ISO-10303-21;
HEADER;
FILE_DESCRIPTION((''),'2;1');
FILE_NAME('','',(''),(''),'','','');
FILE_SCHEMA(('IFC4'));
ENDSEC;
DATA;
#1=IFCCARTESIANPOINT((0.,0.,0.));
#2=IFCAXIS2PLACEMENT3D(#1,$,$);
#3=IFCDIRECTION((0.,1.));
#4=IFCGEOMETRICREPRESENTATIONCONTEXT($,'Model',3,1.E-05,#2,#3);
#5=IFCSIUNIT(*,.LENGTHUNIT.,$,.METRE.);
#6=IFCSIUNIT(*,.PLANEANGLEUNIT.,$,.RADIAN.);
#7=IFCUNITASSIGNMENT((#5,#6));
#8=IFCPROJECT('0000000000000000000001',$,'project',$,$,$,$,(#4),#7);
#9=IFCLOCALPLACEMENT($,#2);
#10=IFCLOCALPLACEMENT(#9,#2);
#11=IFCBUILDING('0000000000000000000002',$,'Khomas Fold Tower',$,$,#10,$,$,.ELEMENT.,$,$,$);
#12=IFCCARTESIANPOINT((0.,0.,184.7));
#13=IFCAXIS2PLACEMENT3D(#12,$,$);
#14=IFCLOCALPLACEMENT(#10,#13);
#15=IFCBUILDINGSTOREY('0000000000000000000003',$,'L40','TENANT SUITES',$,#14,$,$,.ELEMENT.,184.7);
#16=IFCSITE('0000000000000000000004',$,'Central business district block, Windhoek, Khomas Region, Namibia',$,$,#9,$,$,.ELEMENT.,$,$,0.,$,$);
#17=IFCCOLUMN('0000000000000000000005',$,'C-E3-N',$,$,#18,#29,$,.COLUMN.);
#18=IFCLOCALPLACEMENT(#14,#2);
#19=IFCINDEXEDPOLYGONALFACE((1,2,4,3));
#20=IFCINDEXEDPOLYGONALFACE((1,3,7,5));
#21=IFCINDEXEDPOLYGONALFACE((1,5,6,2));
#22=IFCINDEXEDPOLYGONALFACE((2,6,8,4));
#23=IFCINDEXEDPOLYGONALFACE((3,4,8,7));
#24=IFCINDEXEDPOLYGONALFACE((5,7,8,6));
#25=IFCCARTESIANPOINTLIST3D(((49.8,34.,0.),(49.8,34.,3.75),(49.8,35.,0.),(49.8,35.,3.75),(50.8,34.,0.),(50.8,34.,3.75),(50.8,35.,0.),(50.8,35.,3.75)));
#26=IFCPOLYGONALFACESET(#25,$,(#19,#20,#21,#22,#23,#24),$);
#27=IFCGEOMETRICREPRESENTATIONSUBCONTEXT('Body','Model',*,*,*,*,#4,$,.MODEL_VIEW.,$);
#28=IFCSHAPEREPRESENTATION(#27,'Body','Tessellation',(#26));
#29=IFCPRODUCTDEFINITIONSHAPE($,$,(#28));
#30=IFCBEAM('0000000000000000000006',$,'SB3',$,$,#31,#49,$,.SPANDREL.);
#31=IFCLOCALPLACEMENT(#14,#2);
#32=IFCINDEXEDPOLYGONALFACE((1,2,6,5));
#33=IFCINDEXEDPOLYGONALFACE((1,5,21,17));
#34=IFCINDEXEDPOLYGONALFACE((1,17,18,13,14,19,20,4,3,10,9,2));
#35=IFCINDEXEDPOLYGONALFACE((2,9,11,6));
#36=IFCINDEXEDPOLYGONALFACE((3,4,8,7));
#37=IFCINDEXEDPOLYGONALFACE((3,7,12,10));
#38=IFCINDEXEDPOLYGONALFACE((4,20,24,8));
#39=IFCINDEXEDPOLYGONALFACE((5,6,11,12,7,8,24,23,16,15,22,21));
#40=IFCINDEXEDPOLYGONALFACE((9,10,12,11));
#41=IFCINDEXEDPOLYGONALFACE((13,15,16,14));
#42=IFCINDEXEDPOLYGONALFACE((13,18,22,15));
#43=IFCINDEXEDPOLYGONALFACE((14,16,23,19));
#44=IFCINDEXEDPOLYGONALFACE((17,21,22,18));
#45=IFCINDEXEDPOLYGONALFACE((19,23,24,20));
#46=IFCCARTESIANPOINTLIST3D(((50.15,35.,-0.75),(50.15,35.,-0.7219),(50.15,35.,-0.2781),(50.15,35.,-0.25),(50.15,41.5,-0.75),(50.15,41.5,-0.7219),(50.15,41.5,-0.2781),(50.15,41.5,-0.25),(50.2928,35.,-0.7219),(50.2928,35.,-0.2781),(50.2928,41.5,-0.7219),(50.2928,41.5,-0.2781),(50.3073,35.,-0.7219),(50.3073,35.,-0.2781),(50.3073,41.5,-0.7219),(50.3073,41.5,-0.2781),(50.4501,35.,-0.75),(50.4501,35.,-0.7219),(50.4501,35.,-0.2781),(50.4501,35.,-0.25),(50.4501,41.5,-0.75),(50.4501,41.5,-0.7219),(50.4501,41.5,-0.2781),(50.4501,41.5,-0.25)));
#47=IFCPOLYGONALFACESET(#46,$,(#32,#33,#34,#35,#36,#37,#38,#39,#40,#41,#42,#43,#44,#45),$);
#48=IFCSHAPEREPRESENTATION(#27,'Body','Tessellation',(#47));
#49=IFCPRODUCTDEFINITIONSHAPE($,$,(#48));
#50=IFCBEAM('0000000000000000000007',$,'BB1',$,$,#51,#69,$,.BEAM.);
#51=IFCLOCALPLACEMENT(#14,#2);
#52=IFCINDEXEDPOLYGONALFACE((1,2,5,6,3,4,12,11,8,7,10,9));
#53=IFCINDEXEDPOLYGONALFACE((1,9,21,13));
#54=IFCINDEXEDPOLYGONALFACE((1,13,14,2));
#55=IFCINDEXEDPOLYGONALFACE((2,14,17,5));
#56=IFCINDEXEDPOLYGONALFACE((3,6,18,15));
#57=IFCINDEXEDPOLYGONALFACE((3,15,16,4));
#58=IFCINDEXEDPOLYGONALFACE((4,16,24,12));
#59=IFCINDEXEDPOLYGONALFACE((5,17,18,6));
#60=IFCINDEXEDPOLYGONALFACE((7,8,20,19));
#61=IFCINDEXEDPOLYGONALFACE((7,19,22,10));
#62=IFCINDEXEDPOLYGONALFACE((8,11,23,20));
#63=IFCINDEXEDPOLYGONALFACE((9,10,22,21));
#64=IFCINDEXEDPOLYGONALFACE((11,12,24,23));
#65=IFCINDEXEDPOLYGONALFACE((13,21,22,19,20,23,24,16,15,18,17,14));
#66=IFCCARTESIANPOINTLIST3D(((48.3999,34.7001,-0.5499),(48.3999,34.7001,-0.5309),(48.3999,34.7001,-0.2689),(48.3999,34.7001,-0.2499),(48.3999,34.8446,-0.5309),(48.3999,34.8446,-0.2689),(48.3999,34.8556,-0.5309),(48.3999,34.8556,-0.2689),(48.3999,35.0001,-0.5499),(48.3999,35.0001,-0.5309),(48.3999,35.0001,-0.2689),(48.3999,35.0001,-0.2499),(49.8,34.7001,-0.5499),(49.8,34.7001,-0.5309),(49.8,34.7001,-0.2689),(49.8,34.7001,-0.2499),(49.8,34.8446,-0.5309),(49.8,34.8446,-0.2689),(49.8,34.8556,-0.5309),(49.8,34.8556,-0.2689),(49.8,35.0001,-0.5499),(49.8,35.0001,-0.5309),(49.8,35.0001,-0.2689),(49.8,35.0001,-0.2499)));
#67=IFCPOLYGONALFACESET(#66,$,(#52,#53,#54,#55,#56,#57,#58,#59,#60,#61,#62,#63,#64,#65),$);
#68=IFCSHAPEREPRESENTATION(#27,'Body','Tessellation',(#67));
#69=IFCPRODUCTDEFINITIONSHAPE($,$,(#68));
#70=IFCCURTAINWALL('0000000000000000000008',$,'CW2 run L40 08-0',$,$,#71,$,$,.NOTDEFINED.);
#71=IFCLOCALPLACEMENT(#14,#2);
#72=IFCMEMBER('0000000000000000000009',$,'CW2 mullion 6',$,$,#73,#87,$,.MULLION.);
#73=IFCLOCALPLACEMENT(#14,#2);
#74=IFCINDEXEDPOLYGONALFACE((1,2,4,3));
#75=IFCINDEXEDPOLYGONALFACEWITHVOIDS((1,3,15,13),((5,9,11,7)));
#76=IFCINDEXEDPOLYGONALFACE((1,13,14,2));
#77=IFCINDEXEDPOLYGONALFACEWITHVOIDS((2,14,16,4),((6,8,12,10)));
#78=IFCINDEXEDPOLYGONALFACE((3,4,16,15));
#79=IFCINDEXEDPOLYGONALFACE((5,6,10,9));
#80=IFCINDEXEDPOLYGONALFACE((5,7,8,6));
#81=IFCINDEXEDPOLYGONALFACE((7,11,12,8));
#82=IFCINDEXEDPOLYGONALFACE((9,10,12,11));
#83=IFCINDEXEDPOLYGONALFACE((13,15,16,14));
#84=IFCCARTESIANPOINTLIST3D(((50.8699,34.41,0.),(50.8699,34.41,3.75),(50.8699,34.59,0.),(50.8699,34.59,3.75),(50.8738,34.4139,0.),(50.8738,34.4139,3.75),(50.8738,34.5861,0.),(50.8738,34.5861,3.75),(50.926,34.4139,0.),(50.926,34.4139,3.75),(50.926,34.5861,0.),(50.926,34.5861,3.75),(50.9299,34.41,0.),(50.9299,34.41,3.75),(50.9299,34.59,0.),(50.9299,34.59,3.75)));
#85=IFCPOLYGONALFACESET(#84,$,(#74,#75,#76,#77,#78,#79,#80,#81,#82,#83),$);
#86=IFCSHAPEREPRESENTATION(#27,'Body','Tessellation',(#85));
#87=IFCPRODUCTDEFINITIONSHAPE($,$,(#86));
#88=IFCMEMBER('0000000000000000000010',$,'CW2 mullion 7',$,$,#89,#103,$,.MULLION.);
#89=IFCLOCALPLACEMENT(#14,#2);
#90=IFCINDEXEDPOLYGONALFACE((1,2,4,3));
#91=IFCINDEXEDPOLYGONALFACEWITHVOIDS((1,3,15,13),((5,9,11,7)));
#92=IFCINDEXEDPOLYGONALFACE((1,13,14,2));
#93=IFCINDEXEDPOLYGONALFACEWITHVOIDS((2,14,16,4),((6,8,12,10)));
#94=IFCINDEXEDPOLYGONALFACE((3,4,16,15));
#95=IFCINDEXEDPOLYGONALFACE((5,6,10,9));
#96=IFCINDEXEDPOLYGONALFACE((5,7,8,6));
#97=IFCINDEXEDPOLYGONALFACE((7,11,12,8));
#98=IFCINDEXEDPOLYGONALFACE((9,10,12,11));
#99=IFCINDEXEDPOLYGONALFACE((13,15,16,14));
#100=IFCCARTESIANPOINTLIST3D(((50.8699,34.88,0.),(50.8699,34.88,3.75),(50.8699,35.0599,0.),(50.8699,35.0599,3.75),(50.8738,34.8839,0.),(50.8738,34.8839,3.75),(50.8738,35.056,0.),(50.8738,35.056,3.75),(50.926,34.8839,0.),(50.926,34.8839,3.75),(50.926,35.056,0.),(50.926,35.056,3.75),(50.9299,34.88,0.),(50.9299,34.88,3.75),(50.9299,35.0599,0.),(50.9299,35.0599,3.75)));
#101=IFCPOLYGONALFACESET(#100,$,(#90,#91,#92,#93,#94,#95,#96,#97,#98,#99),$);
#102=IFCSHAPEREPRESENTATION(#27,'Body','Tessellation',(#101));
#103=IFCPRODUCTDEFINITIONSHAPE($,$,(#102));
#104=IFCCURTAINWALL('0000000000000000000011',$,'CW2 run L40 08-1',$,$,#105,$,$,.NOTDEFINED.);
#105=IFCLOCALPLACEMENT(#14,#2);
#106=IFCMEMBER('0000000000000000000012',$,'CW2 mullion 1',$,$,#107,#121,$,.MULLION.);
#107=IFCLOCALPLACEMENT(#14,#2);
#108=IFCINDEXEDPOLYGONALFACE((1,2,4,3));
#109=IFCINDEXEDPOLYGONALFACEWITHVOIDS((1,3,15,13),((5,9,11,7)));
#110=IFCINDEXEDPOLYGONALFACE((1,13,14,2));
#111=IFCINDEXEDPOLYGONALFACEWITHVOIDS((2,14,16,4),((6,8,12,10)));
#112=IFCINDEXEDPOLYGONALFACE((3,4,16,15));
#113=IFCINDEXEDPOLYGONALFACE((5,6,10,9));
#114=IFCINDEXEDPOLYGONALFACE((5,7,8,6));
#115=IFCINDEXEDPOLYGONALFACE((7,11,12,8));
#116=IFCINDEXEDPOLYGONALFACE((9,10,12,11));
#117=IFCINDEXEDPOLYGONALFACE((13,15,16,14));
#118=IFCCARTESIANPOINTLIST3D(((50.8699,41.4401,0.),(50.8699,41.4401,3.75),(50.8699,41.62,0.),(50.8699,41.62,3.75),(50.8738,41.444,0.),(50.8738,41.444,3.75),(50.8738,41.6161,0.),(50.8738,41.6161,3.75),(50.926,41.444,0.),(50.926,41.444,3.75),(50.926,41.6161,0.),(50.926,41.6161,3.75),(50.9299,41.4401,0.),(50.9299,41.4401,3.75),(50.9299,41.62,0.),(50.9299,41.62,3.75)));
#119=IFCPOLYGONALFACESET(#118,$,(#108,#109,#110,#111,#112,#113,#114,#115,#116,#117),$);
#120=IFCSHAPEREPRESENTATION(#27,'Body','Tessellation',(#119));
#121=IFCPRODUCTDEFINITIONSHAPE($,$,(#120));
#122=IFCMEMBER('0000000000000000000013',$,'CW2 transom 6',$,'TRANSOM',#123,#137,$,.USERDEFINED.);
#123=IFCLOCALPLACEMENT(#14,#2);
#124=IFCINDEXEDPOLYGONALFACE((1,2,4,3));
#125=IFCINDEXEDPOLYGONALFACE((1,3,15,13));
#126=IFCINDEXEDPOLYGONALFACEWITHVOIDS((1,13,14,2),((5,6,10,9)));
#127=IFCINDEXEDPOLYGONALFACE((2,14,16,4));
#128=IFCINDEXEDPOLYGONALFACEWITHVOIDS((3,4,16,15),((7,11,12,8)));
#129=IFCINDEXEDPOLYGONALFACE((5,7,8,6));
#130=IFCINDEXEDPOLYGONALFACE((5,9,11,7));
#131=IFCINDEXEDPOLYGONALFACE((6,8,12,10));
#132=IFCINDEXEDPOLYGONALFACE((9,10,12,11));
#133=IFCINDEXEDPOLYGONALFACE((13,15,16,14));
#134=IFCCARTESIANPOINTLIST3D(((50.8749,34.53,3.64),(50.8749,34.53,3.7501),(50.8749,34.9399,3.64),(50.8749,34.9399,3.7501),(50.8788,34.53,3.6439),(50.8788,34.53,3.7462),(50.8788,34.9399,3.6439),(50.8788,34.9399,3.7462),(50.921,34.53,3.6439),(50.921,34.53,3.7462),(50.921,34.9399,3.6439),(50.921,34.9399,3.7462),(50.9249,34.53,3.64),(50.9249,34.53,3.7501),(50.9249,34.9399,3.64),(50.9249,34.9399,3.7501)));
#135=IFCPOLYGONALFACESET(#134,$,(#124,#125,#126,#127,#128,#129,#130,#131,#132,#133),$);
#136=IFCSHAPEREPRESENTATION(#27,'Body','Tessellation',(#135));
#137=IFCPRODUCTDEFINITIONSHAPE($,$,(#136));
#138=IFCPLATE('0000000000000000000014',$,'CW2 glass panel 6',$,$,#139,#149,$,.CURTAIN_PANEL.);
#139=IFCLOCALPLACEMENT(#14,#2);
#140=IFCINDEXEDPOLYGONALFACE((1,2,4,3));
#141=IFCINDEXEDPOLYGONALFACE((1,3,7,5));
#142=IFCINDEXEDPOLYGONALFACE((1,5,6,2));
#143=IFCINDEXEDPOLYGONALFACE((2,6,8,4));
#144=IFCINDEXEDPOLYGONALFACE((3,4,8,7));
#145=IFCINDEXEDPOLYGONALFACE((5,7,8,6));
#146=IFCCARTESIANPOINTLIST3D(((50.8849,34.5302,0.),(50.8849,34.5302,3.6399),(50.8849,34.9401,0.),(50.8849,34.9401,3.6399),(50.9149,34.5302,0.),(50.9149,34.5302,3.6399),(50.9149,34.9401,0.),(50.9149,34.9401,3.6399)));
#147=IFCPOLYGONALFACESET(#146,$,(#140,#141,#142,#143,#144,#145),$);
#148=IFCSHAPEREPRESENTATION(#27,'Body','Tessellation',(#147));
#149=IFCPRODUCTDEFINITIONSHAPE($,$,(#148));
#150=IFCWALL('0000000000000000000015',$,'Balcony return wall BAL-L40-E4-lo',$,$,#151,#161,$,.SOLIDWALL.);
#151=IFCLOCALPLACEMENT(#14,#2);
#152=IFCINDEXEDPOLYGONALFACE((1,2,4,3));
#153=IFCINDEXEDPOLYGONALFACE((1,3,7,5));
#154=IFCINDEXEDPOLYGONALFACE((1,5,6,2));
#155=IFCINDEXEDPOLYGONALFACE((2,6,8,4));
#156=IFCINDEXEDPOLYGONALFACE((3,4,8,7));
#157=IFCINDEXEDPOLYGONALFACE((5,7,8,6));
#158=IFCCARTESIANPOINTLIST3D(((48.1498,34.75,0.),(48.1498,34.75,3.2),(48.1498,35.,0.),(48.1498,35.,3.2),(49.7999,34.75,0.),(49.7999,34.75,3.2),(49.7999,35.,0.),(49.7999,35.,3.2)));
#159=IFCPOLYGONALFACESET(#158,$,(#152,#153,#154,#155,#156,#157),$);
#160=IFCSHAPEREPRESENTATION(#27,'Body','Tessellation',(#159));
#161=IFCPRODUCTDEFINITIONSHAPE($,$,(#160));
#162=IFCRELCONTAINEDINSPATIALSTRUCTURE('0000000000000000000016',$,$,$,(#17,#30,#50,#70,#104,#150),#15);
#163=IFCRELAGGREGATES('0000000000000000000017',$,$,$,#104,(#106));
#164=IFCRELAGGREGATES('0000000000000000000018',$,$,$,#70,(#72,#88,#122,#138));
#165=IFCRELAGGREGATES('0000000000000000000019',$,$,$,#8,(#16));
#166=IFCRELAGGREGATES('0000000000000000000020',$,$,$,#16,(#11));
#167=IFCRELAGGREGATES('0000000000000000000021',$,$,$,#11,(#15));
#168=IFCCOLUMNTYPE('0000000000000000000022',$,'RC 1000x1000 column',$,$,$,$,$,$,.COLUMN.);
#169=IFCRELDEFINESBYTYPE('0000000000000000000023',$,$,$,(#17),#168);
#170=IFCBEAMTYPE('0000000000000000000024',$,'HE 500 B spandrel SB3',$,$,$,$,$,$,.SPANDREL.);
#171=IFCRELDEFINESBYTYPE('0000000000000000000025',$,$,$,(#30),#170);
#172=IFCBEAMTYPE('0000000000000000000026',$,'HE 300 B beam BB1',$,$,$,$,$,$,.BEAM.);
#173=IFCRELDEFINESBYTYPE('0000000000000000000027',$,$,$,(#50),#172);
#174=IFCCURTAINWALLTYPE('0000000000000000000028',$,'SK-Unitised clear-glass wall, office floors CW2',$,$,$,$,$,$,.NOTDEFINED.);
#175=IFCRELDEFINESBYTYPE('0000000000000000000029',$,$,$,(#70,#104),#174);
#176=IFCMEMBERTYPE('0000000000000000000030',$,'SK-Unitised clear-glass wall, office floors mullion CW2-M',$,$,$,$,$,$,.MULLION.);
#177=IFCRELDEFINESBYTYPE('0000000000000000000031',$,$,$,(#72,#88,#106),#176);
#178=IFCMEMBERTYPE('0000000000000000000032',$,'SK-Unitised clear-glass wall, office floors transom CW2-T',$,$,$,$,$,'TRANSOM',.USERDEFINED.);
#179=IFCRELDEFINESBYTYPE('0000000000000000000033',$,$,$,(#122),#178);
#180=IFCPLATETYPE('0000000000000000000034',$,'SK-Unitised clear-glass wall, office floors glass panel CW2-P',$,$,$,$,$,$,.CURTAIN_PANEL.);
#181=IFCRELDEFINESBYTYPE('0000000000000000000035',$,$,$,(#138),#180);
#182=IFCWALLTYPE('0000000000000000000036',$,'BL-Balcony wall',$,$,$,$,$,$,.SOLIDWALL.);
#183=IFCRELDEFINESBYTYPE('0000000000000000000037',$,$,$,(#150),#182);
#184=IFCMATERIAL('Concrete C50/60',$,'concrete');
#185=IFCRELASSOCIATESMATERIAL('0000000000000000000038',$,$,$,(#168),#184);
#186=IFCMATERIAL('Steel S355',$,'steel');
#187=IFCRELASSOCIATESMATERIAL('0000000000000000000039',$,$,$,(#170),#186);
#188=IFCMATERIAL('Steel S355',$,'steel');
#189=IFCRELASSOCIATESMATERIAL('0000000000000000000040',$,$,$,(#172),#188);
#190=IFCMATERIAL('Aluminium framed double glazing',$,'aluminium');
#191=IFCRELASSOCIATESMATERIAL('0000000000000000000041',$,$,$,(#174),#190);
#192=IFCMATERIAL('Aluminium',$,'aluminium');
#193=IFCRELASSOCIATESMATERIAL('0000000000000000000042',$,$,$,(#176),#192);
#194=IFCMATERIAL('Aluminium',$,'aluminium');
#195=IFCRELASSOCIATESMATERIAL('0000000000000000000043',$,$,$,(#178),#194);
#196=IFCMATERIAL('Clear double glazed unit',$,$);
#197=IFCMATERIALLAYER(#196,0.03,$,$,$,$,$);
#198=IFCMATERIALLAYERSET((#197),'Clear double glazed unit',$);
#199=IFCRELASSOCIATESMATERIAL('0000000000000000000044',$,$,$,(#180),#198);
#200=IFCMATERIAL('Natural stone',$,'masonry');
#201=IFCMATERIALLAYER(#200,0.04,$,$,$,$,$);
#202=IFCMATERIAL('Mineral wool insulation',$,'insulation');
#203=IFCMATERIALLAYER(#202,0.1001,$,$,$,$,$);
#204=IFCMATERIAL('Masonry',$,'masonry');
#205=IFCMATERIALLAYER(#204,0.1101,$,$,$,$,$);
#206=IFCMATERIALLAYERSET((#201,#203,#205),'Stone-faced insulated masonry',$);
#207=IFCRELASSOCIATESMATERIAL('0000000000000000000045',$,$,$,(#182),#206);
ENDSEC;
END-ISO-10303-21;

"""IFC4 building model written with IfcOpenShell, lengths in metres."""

from ifc_helpers import new_model, si_unit, direction, frame, frame_2d, origin, origin_2d, place, context, subcontext, project, spatial, rectangle, hollow_rectangle, i_section, extrude, source, transform, mapped, material, layer, layer_set, material_profile, profile_set, type_object, element, aggregate, save


model = new_model("IFC4")

# Units and contexts
model_context = context("Model", 3, precision=1e-05, world=origin(), true_north=direction((0.0, 1.0)))
body_context = subcontext(model_context, "Body", "Model", "MODEL_VIEW")
ifc_project = project(units=[si_unit("LENGTHUNIT", "METRE"), si_unit("PLANEANGLEUNIT", "RADIAN")], contexts=[model_context])

# Site, building, storey
site_placement = place(None, origin())
site = spatial("IfcSite", under=ifc_project, at=site_placement, Name="Central business district block, Windhoek, Khomas Region, Namibia", CompositionType="ELEMENT", RefElevation=0.0)
building_placement = place(site_placement, origin())
building = spatial("IfcBuilding", under=site, at=building_placement, Name="Khomas Fold Tower", CompositionType="ELEMENT")
storey_placement = place(building_placement, frame((0.0, 0.0, 184.7)))
storey = spatial("IfcBuildingStorey", under=building, at=storey_placement, Name="L40", Description="TENANT SUITES", CompositionType="ELEMENT", Elevation=184.7)

# Column
ifc_material_1 = material(Name="Concrete C50/60", Category="concrete")
ifc_material_profile_1 = material_profile(ifc_material_1, rectangle(XDim=1.0, YDim=1.0, at=origin_2d()), Name="RC 1000x1000")
ifc_profile_set_1 = profile_set([ifc_material_profile_1], Name="Concrete C50/60")
column_type = type_object("IfcColumnType", Name="RC 1000x1000 column", PredefinedType="COLUMN", material=ifc_profile_set_1)
shared_shape_1 = source(origin(), body_context, "Body", "SweptSolid", [
    extrude(rectangle(XDim=1.0, YDim=1.0, at=origin_2d()), origin(), (0.0, 0.0, 1.0), 3.75),
])
column_placement = place(storey_placement, frame((50.3, 34.5, 0.0), z_axis=(0.0, 0.0, 1.0), x_axis=(1.0, 0.0, 0.0)))
element("IfcColumn", 1, at=column_placement, inside=storey, type_object=column_type, Name="C-E3-N", PredefinedType="COLUMN", context=body_context, shape_type="MappedRepresentation", body=[
    mapped(shared_shape_1, transform((0.0, 0.0, 0.0))),
])

# Beams
ifc_material_2 = material(Name="Steel S355", Category="steel")
ifc_material_profile_2 = material_profile(ifc_material_2, i_section(OverallWidth=0.3, OverallDepth=0.5, WebThickness=0.0144, FlangeThickness=0.0281, at=origin_2d()), Name="HE 500 B")
ifc_profile_set_2 = profile_set([ifc_material_profile_2], Name="Steel S355")
beam_type_1 = type_object("IfcBeamType", Name="HE 500 B spandrel SB3", PredefinedType="SPANDREL", material=ifc_profile_set_2)
shared_shape_2 = source(origin(), body_context, "Body", "SweptSolid", [
    extrude(i_section(OverallWidth=0.3, OverallDepth=0.5, WebThickness=0.0144, FlangeThickness=0.0281, at=origin_2d()), origin(), (0.0, 0.0, 1.0), 6.5),
])
beam_1_placement = place(storey_placement, frame((50.3, 35.0, -0.5), z_axis=(0.0, 1.0, 0.0), x_axis=(-1.0, 0.0, 0.0)))
element("IfcBeam", 2, at=beam_1_placement, inside=storey, type_object=beam_type_1, Name="SB3", PredefinedType="SPANDREL", context=body_context, shape_type="MappedRepresentation", body=[
    mapped(shared_shape_2, transform((0.0, 0.0, 0.0))),
])
ifc_material_3 = material(Name="Steel S355", Category="steel")
ifc_material_profile_3 = material_profile(ifc_material_3, i_section(OverallWidth=0.3, OverallDepth=0.3, WebThickness=0.011, FlangeThickness=0.019, at=origin_2d()), Name="HE 300 B")
ifc_profile_set_3 = profile_set([ifc_material_profile_3], Name="Steel S355")
beam_type_2 = type_object("IfcBeamType", Name="HE 300 B beam BB1", PredefinedType="BEAM", material=ifc_profile_set_3)
shared_shape_3 = source(origin(), body_context, "Body", "SweptSolid", [
    extrude(i_section(OverallWidth=0.3, OverallDepth=0.3, WebThickness=0.011, FlangeThickness=0.019, at=origin_2d()), origin(), (0.0, 0.0, 1.0), 1.4001),
])
beam_2_placement = place(storey_placement, frame((48.3999, 34.8501, -0.3999), z_axis=(1.0, 0.0, 0.0), x_axis=(0.0, 1.0, 0.0)))
element("IfcBeam", 3, at=beam_2_placement, inside=storey, type_object=beam_type_2, Name="BB1", PredefinedType="BEAM", context=body_context, shape_type="MappedRepresentation", body=[
    mapped(shared_shape_3, transform((0.0, 0.0, 0.0))),
])

# Curtain wall, members
ifc_material_4 = material(Name="Aluminium framed double glazing", Category="aluminium")
curtain_wall_type = type_object("IfcCurtainWallType", Name="SK-Unitised clear-glass wall, office floors CW2", PredefinedType="NOTDEFINED", material=ifc_material_4)
curtain_wall_1_placement = place(storey_placement, origin())
curtain_wall_1 = element("IfcCurtainWall", 4, at=curtain_wall_1_placement, inside=storey, type_object=curtain_wall_type, Name="CW2 run L40 08-0", PredefinedType="NOTDEFINED")
ifc_material_5 = material(Name="Aluminium", Category="aluminium")
ifc_material_profile_4 = material_profile(ifc_material_5, hollow_rectangle(XDim=0.0601, YDim=0.1799, WallThickness=0.0039, at=origin_2d()), Name="SK-Unitised clear-glass wall, office floors mullion CW2-M")
ifc_profile_set_4 = profile_set([ifc_material_profile_4], Name="Aluminium")
member_type_1 = type_object("IfcMemberType", Name="SK-Unitised clear-glass wall, office floors mullion CW2-M", PredefinedType="MULLION", material=ifc_profile_set_4)
shared_shape_4 = source(origin(), body_context, "Body", "SweptSolid", [
    extrude(hollow_rectangle(XDim=0.0601, YDim=0.1799, WallThickness=0.0039, at=origin_2d()), origin(), (0.0, 0.0, 1.0), 3.75),
])
member_1_placement = place(storey_placement, frame((50.8999, 34.5, 0.0), z_axis=(0.0, 0.0, 1.0), x_axis=(-1.0, 0.0, 0.0)))
member_1 = element("IfcMember", 5, at=member_1_placement, type_object=member_type_1, Name="CW2 mullion 6", PredefinedType="MULLION", context=body_context, shape_type="MappedRepresentation", body=[
    mapped(shared_shape_4, transform((0.0, 0.0, 0.0))),
])
member_2_placement = place(storey_placement, frame((50.8999, 34.97, 0.0), z_axis=(0.0, 0.0, 1.0), x_axis=(-1.0, 0.0, 0.0)))
member_2 = element("IfcMember", 6, at=member_2_placement, type_object=member_type_1, Name="CW2 mullion 7", PredefinedType="MULLION", context=body_context, shape_type="MappedRepresentation", body=[
    mapped(shared_shape_4, transform((0.0, 0.0, 0.0))),
])

# Curtain wall, member
curtain_wall_2_placement = place(storey_placement, origin())
curtain_wall_2 = element("IfcCurtainWall", 7, at=curtain_wall_2_placement, inside=storey, type_object=curtain_wall_type, Name="CW2 run L40 08-1", PredefinedType="NOTDEFINED")
member_3_placement = place(storey_placement, frame((50.8999, 41.53, 0.0), z_axis=(0.0, 0.0, 1.0), x_axis=(-1.0, 0.0, 0.0)))
member_3 = element("IfcMember", 8, at=member_3_placement, type_object=member_type_1, Name="CW2 mullion 1", PredefinedType="MULLION", context=body_context, shape_type="MappedRepresentation", body=[
    mapped(shared_shape_4, transform((0.0, 0.0, 0.0))),
])
aggregate(curtain_wall_2, [member_3])

# Member
ifc_material_6 = material(Name="Aluminium", Category="aluminium")
ifc_material_profile_5 = material_profile(ifc_material_6, hollow_rectangle(XDim=0.05, YDim=0.1101, WallThickness=0.0039, at=origin_2d()), Name="SK-Unitised clear-glass wall, office floors transom CW2-T")
ifc_profile_set_5 = profile_set([ifc_material_profile_5], Name="Aluminium")
member_type_2 = type_object("IfcMemberType", Name="SK-Unitised clear-glass wall, office floors transom CW2-T", ElementType="TRANSOM", PredefinedType="USERDEFINED", material=ifc_profile_set_5)
shared_shape_5 = source(origin(), body_context, "Body", "SweptSolid", [
    extrude(hollow_rectangle(XDim=0.05, YDim=0.1101, WallThickness=0.0039, at=origin_2d()), origin(), (0.0, 0.0, 1.0), 0.4099),
])
member_4_placement = place(storey_placement, frame((50.8999, 34.53, 3.6951), z_axis=(0.0, 1.0, 0.0), x_axis=(-1.0, 0.0, 0.0)))
member_4 = element("IfcMember", 9, at=member_4_placement, type_object=member_type_2, Name="CW2 transom 6", ObjectType="TRANSOM", PredefinedType="USERDEFINED", context=body_context, shape_type="MappedRepresentation", body=[
    mapped(shared_shape_5, transform((0.0, 0.0, 0.0))),
])

# Plate
ifc_material_7 = material(Name="Clear double glazed unit")
ifc_layer_1 = layer(ifc_material_7, 0.03)
ifc_layer_set_1 = layer_set([ifc_layer_1], Name="Clear double glazed unit")
plate_type = type_object("IfcPlateType", Name="SK-Unitised clear-glass wall, office floors glass panel CW2-P", PredefinedType="CURTAIN_PANEL", material=ifc_layer_set_1)
shared_shape_6 = source(origin(), body_context, "Body", "SweptSolid", [
    extrude(rectangle(XDim=0.4099, YDim=0.03, at=origin_2d()), origin(), (0.0, 0.0, 1.0), 3.6399),
])
plate_placement = place(storey_placement, frame((50.8999, 34.7351, 0.0), z_axis=(0.0, 0.0, 1.0), x_axis=(0.0, 1.0, 0.0)))
plate = element("IfcPlate", 10, at=plate_placement, type_object=plate_type, Name="CW2 glass panel 6", PredefinedType="CURTAIN_PANEL", context=body_context, shape_type="MappedRepresentation", body=[
    mapped(shared_shape_6, transform((0.0, 0.0, 0.0))),
])
aggregate(curtain_wall_1, [member_1, member_2, member_4, plate])

# Shared definitions
ifc_material_8 = material(Name="Natural stone", Category="masonry")
ifc_layer_2 = layer(ifc_material_8, 0.04)
ifc_material_9 = material(Name="Mineral wool insulation", Category="insulation")
ifc_layer_3 = layer(ifc_material_9, 0.1001)
ifc_material_10 = material(Name="Masonry", Category="masonry")
ifc_layer_4 = layer(ifc_material_10, 0.1101)
ifc_layer_set_2 = layer_set([ifc_layer_2, ifc_layer_3, ifc_layer_4], Name="Stone-faced insulated masonry")
wall_type_1 = type_object("IfcWallType", Name="BL-Balcony wall", PredefinedType="SOLIDWALL", material=ifc_layer_set_2)

# Wall
shared_shape_7 = source(origin(), body_context, "Body", "SweptSolid", [
    extrude(rectangle(XDim=1.6501, YDim=0.25, at=frame_2d((0.8252, 0.0))), origin(), (0.0, 0.0, 1.0), 3.2),
])
wall_1_placement = place(storey_placement, frame((49.8, 34.875, 0.0), z_axis=(0.0, 0.0, 1.0), x_axis=(-1.0, 0.0, 0.0)))
element("IfcWall", 11, at=wall_1_placement, inside=storey, type_object=wall_type_1, Name="Balcony return wall BAL-L40-E4-lo", PredefinedType="SOLIDWALL", context=body_context, shape_type="MappedRepresentation", body=[
    mapped(shared_shape_7, transform((0.0, 0.0, 0.0))),
])

save(model, "model.ifc")
